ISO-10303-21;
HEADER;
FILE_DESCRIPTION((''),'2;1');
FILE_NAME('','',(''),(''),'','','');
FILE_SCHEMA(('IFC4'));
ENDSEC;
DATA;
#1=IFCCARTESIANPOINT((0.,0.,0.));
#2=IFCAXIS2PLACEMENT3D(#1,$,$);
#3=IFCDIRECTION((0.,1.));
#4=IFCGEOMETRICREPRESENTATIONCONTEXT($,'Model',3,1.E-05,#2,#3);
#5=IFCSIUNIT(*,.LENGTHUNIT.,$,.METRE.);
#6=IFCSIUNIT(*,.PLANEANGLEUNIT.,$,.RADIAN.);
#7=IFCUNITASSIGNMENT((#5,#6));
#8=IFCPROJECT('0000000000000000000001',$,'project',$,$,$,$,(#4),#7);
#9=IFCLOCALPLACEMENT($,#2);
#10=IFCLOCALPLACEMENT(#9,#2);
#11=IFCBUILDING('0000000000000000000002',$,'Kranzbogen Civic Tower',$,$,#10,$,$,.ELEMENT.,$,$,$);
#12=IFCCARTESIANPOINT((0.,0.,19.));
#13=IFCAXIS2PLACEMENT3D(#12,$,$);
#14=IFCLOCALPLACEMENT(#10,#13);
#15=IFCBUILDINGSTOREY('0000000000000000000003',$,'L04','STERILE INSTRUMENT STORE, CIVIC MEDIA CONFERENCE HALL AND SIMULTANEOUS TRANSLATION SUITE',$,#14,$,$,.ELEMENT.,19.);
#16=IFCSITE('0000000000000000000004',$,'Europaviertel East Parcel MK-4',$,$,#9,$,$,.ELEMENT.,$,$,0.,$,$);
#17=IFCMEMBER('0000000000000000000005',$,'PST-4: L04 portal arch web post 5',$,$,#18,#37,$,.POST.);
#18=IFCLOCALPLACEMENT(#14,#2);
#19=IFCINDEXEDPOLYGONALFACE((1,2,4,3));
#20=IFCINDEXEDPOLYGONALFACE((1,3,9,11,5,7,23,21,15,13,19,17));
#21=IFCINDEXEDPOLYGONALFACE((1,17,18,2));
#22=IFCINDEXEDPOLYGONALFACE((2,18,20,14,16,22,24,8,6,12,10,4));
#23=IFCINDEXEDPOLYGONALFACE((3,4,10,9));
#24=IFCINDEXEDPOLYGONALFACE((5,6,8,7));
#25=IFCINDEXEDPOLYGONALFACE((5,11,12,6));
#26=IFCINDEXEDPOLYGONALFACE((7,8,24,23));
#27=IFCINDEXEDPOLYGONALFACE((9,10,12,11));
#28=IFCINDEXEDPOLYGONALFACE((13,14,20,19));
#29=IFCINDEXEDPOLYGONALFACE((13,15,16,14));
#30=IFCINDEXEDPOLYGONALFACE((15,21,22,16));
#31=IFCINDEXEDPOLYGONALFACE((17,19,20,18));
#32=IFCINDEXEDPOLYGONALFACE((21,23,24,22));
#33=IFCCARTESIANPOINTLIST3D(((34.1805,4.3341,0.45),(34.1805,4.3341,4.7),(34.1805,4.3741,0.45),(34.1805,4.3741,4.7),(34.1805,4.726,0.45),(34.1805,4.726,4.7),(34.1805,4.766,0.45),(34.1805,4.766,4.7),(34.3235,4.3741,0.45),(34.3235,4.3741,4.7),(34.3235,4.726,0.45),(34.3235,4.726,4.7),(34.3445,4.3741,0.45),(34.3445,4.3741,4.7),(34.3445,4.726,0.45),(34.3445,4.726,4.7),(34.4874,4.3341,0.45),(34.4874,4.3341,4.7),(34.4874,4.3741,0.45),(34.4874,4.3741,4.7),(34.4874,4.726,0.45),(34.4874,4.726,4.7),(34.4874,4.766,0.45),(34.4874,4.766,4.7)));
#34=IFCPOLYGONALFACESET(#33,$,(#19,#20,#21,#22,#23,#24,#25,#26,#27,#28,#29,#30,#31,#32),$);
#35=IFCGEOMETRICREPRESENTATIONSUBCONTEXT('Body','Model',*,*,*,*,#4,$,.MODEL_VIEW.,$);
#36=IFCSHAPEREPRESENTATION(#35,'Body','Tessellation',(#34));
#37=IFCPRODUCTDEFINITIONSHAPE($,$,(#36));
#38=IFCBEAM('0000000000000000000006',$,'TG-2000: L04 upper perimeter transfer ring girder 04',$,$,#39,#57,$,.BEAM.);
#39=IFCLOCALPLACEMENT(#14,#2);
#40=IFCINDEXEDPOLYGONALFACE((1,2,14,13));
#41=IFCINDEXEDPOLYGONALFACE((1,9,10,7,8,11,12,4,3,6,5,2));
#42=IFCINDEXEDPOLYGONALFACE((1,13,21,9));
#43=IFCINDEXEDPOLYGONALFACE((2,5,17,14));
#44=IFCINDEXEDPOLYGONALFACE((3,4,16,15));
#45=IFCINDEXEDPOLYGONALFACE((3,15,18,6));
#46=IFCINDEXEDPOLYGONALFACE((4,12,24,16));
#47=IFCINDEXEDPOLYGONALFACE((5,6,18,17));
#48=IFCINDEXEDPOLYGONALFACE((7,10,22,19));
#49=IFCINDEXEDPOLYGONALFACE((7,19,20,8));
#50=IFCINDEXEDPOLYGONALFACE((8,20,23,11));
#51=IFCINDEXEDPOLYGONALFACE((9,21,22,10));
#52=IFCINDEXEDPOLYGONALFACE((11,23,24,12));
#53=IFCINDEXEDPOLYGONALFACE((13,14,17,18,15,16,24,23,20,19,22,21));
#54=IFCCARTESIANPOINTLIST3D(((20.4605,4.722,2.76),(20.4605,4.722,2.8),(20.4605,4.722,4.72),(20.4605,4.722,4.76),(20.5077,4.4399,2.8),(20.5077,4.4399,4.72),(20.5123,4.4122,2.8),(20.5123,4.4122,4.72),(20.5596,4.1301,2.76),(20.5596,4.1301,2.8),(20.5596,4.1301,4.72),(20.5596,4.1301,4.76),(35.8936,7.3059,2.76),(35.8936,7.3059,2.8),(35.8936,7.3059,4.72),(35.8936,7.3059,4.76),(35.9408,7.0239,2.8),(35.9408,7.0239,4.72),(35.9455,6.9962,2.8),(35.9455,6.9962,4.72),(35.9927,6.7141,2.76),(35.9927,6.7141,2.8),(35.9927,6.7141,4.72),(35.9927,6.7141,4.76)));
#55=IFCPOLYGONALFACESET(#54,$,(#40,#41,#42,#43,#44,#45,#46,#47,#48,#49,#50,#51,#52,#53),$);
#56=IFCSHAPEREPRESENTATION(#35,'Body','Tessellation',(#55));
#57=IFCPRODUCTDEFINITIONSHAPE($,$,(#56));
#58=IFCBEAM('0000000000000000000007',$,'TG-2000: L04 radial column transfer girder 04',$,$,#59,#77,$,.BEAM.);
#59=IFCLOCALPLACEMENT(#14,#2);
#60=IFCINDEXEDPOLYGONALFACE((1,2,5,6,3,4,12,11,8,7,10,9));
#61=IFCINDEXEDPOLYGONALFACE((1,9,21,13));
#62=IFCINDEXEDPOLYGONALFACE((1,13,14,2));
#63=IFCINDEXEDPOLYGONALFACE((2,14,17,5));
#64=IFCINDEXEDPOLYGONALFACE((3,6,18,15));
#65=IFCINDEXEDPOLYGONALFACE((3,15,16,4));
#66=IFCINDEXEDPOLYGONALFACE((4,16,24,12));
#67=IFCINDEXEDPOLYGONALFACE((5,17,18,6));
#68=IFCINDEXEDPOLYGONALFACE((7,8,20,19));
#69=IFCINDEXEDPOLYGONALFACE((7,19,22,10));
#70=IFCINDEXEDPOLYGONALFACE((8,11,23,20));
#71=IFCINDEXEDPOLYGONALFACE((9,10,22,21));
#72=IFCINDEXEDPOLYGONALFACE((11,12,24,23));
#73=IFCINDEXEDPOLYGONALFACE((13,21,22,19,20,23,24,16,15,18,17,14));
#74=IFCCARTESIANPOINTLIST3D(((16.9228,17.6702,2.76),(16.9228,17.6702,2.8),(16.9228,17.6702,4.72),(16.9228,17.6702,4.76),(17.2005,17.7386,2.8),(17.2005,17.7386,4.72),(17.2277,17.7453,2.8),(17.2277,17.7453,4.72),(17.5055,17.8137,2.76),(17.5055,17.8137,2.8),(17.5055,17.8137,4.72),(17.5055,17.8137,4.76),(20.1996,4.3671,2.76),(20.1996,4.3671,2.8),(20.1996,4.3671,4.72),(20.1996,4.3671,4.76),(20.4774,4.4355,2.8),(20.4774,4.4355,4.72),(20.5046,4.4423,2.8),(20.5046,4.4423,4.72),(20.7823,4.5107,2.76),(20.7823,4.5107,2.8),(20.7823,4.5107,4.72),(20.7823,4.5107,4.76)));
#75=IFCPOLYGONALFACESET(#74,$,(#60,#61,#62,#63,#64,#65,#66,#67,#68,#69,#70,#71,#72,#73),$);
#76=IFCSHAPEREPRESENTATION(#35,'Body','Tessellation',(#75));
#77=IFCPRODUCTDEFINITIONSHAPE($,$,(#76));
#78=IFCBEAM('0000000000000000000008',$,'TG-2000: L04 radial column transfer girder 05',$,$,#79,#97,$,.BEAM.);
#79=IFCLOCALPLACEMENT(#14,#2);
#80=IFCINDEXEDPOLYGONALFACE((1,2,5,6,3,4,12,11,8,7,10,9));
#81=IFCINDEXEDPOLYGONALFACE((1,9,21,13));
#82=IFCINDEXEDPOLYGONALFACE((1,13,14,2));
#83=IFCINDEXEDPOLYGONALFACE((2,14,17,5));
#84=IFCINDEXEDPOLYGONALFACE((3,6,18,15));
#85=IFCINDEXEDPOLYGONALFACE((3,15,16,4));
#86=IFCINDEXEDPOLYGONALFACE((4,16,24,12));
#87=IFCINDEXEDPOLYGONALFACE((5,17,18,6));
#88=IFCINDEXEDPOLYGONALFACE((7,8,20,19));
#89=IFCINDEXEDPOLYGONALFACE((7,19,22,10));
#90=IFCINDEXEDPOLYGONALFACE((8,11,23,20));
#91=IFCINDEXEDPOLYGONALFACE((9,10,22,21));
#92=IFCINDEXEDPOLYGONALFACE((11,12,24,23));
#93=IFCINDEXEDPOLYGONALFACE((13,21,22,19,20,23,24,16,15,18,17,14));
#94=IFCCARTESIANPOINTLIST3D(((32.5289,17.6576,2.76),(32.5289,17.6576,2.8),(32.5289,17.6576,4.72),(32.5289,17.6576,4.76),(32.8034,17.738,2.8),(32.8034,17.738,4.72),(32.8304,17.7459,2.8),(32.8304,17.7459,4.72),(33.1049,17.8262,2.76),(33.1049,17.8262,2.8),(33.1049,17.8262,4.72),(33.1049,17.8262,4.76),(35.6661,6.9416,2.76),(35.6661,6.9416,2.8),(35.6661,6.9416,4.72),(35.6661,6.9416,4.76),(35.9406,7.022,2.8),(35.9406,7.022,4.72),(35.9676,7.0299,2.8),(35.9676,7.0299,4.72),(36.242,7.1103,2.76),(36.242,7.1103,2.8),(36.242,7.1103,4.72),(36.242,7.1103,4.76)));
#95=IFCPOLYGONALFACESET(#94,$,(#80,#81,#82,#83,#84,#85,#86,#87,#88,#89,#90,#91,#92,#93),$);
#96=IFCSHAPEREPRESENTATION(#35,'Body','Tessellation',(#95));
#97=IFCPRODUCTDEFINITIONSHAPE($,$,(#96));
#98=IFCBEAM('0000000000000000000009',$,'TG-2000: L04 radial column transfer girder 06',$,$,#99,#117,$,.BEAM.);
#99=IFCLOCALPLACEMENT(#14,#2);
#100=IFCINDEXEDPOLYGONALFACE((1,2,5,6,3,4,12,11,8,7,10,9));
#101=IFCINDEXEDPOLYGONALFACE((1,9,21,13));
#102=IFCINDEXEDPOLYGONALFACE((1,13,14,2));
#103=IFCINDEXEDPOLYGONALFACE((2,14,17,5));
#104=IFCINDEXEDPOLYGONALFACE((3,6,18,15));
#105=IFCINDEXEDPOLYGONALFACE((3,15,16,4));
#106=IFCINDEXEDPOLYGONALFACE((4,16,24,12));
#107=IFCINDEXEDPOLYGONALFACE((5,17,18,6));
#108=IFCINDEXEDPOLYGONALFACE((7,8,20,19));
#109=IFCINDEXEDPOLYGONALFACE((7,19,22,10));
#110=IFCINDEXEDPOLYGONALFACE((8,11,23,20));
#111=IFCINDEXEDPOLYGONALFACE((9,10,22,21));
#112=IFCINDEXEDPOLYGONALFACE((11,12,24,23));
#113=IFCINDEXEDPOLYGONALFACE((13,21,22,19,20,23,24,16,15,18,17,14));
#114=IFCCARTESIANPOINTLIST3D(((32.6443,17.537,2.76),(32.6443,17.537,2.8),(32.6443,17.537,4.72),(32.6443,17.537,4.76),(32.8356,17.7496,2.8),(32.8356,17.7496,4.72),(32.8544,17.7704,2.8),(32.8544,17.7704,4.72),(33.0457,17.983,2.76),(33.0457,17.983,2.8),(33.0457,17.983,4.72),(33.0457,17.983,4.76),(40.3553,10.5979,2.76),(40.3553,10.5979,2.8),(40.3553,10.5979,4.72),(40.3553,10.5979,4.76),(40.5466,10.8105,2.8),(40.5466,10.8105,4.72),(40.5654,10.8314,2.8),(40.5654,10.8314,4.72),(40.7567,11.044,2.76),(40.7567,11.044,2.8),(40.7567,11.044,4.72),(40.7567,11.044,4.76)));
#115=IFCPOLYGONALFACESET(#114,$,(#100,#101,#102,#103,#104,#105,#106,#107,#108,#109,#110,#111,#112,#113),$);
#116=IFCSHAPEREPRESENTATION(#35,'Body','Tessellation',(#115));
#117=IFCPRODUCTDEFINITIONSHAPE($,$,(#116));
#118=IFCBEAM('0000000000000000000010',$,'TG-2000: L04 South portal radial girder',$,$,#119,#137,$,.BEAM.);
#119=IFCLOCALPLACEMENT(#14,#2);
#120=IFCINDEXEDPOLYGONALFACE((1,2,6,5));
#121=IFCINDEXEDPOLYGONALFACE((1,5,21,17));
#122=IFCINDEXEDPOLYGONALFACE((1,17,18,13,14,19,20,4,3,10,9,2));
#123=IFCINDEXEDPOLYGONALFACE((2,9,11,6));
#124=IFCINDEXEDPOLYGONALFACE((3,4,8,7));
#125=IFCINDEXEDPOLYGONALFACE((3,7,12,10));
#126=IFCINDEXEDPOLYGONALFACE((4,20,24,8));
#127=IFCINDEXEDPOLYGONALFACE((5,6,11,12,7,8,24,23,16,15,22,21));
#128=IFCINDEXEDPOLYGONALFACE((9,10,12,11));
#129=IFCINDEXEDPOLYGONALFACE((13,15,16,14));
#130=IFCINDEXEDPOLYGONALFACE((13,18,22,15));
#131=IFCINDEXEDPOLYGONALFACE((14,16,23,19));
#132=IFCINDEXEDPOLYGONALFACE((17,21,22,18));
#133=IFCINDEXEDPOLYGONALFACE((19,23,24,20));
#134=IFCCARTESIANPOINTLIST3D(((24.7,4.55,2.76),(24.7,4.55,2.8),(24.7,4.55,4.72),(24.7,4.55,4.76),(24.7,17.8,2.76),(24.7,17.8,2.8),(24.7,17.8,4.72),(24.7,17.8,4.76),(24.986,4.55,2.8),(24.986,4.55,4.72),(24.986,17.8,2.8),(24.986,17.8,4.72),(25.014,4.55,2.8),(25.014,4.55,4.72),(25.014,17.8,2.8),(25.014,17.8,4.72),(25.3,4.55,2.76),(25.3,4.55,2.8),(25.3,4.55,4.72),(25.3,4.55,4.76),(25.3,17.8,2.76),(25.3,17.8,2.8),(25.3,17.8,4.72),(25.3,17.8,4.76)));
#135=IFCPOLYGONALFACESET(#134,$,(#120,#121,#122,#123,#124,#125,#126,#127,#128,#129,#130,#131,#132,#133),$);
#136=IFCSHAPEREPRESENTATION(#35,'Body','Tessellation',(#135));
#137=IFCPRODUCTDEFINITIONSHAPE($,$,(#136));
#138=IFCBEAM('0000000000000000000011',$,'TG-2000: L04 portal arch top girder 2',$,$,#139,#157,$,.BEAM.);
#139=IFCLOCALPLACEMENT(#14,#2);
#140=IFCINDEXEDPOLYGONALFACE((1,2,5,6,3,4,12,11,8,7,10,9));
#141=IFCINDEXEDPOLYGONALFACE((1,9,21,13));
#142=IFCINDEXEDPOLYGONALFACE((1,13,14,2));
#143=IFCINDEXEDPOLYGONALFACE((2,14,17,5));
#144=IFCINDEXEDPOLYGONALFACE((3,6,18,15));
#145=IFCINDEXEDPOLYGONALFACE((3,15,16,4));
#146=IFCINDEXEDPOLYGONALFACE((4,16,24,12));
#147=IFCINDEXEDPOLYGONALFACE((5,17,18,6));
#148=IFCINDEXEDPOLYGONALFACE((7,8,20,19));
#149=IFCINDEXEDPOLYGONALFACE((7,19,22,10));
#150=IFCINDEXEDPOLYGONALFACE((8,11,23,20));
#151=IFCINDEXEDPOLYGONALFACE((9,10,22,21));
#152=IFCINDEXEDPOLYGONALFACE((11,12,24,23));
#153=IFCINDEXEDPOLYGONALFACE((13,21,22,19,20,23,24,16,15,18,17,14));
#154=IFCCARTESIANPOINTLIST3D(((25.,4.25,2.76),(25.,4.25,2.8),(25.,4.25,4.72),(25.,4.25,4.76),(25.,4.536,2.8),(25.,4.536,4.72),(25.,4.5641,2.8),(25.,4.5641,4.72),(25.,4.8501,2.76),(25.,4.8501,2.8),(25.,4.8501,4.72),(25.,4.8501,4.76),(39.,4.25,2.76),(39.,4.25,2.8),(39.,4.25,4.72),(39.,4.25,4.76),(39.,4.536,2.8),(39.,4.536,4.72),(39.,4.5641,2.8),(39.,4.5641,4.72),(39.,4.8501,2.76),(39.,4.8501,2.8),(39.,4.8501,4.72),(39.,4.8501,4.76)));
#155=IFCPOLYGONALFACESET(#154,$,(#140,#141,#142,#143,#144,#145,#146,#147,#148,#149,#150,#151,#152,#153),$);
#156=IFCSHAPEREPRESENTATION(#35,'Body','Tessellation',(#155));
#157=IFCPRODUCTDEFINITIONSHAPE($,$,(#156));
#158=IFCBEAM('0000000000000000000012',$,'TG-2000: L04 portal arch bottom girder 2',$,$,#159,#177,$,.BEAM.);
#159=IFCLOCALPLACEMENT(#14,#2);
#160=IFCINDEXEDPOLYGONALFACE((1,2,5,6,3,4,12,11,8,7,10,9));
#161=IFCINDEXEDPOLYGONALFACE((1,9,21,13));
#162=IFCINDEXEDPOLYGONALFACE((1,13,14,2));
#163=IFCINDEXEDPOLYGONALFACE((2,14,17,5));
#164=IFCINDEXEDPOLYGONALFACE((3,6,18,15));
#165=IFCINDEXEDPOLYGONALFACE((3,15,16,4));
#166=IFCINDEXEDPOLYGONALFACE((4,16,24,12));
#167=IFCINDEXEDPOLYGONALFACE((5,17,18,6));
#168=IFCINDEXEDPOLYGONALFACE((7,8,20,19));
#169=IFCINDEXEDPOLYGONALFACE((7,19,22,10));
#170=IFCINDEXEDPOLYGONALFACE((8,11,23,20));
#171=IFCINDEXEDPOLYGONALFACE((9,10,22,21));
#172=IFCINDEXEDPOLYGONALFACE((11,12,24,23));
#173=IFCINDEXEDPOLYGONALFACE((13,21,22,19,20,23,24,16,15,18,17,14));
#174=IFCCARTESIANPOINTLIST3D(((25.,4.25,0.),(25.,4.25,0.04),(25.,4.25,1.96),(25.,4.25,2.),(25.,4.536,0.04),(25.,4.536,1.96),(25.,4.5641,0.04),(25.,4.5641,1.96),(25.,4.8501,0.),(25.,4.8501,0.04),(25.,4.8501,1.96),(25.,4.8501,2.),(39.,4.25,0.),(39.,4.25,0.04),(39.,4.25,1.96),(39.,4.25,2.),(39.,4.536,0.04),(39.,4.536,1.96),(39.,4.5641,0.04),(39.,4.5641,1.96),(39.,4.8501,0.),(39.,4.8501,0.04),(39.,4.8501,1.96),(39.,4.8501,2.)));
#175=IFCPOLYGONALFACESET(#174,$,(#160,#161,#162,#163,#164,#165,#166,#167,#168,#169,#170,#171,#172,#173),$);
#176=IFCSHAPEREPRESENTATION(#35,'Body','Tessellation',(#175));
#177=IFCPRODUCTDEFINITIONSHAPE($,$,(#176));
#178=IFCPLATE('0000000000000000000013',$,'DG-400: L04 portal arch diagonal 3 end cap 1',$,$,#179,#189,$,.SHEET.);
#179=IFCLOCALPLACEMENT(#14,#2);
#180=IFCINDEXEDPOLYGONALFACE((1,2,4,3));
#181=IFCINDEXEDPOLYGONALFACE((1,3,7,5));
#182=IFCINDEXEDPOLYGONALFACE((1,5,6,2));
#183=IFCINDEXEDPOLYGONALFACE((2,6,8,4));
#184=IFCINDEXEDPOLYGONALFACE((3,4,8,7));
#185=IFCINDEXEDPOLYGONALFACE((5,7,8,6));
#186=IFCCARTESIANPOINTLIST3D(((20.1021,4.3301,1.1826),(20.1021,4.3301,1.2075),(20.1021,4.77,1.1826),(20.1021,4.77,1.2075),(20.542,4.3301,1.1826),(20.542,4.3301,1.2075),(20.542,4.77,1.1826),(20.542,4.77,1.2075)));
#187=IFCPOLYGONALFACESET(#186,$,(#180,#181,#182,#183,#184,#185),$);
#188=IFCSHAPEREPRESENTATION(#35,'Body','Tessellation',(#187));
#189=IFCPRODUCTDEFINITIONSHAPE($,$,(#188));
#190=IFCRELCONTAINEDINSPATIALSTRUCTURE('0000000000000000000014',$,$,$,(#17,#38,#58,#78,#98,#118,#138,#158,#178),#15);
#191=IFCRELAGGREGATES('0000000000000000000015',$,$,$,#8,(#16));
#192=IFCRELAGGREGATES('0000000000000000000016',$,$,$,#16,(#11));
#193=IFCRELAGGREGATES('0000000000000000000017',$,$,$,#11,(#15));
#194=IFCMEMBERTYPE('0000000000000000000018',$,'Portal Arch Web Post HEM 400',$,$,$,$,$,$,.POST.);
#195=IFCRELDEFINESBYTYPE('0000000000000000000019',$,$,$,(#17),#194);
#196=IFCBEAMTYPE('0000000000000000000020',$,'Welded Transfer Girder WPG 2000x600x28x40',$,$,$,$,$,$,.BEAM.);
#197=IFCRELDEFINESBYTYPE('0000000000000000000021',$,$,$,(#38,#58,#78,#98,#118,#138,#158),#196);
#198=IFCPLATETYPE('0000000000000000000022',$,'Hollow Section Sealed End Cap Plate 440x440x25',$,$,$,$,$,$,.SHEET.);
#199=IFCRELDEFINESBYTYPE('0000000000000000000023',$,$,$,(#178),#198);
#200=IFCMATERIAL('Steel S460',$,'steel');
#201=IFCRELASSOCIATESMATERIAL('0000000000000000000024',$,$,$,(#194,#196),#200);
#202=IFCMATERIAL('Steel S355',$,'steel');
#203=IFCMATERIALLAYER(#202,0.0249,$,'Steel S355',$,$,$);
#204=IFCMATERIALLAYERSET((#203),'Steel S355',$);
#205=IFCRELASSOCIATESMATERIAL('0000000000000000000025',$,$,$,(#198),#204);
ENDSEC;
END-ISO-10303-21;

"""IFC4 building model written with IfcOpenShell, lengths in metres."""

from ifc_helpers import new_model, si_unit, direction, frame, origin, origin_2d, place, context, subcontext, project, spatial, rectangle, i_section, extrude, material, layer, layer_set, material_profile, profile_set, type_object, element, save


model = new_model("IFC4")

# Units and contexts
model_context = context("Model", 3, precision=1e-05, world=origin(), true_north=direction((0.0, 1.0)))
body_context = subcontext(model_context, "Body", "Model", "MODEL_VIEW")
ifc_project = project(units=[si_unit("LENGTHUNIT", "METRE"), si_unit("PLANEANGLEUNIT", "RADIAN")], contexts=[model_context])

# Site, building, storey
site_placement = place(None, origin())
site = spatial("IfcSite", under=ifc_project, at=site_placement, Name="Europaviertel East Parcel MK-4", CompositionType="ELEMENT", RefElevation=0.0)
building_placement = place(site_placement, origin())
building = spatial("IfcBuilding", under=site, at=building_placement, Name="Kranzbogen Civic Tower", CompositionType="ELEMENT")
storey_placement = place(building_placement, frame((0.0, 0.0, 19.0)))
storey = spatial("IfcBuildingStorey", under=building, at=storey_placement, Name="L04", Description="STERILE INSTRUMENT STORE, CIVIC MEDIA CONFERENCE HALL AND SIMULTANEOUS TRANSLATION SUITE", CompositionType="ELEMENT", Elevation=19.0)

# Shared definitions
ifc_material_1 = material(Name="Steel S460", Category="steel")

# Member
ifc_material_profile_1 = material_profile(ifc_material_1, i_section(OverallWidth=0.3069, OverallDepth=0.4319, WebThickness=0.021, FlangeThickness=0.04, at=origin_2d()), Name="HEM 400")
ifc_profile_set_1 = profile_set([ifc_material_profile_1], Name="Steel S460")
member_type_1 = type_object("IfcMemberType", Name="Portal Arch Web Post HEM 400", PredefinedType="POST", material=ifc_profile_set_1)
for number, where, z_axis, x_axis, name in (
    (1, (34.334, 4.55, 0.45), (0.0, 0.0, 1.0), (1.0, 0.0, 0.0), "PST-4: L04 portal arch web post 5"),
):
    element("IfcMember", number, at=place(storey_placement, frame(where, z_axis=z_axis, x_axis=x_axis)), inside=storey, type_object=member_type_1, Name=name, PredefinedType="POST", context=body_context, shape_type="SweptSolid", body=[
        extrude(i_section(OverallWidth=0.3069, OverallDepth=0.4319, WebThickness=0.021, FlangeThickness=0.04, at=origin_2d()), origin(), (0.0, 0.0, 1.0), 4.25),
    ])

# Beams
ifc_material_profile_2 = material_profile(ifc_material_1, i_section(OverallWidth=0.6001, OverallDepth=2.0, WebThickness=0.0281, FlangeThickness=0.04, at=origin_2d()), Name="WPG 2000x600x28x40")
ifc_profile_set_2 = profile_set([ifc_material_profile_2], Name="Steel S460")
beam_type = type_object("IfcBeamType", Name="Welded Transfer Girder WPG 2000x600x28x40", PredefinedType="BEAM", material=ifc_profile_set_2)
beam_1_placement = place(storey_placement, frame((20.51, 4.426, 3.76), z_axis=(0.986271, 0.165133, 0.0), x_axis=(-0.165133, 0.986271, 0.0)))
element("IfcBeam", 2, at=beam_1_placement, inside=storey, type_object=beam_type, Name="TG-2000: L04 upper perimeter transfer ring girder 04", PredefinedType="BEAM", context=body_context, shape_type="SweptSolid", body=[
    extrude(i_section(OverallWidth=0.6001, OverallDepth=2.0, WebThickness=0.0281, FlangeThickness=0.04, at=origin_2d()), origin(), (0.0, 0.0, 1.0), 15.6479),
])
beam_2_placement = place(storey_placement, frame((17.2141, 17.7419, 3.76), z_axis=(0.239176, -0.970976, 0.0), x_axis=(0.970976, 0.239176, 0.0)))
element("IfcBeam", 3, at=beam_2_placement, inside=storey, type_object=beam_type, Name="TG-2000: L04 radial column transfer girder 04", PredefinedType="BEAM", context=body_context, shape_type="SweptSolid", body=[
    extrude(i_section(OverallWidth=0.6001, OverallDepth=2.0, WebThickness=0.0281, FlangeThickness=0.04, at=origin_2d()), origin(), (0.0, 0.0, 1.0), 13.7007),
])
beam_3_placement = place(storey_placement, frame((32.8169, 17.7419, 3.76), z_axis=(0.280965, -0.959718, 0.0), x_axis=(0.959718, 0.280965, 0.0)))
element("IfcBeam", 4, at=beam_3_placement, inside=storey, type_object=beam_type, Name="TG-2000: L04 radial column transfer girder 05", PredefinedType="BEAM", context=body_context, shape_type="SweptSolid", body=[
    extrude(i_section(OverallWidth=0.6001, OverallDepth=2.0, WebThickness=0.0281, FlangeThickness=0.04, at=origin_2d()), origin(), (0.0, 0.0, 1.0), 11.1658),
])
beam_4_placement = place(storey_placement, frame((32.845, 17.76, 3.76), z_axis=(0.743336, -0.668918, 0.0), x_axis=(0.668918, 0.743336, 0.0)))
element("IfcBeam", 5, at=beam_4_placement, inside=storey, type_object=beam_type, Name="TG-2000: L04 radial column transfer girder 06", PredefinedType="BEAM", context=body_context, shape_type="SweptSolid", body=[
    extrude(i_section(OverallWidth=0.6001, OverallDepth=2.0, WebThickness=0.0281, FlangeThickness=0.04, at=origin_2d()), origin(), (0.0, 0.0, 1.0), 10.3735),
])
beam_5_placement = place(storey_placement, frame((25.0, 4.55, 3.76), z_axis=(0.0, 1.0, 0.0), x_axis=(-1.0, 0.0, 0.0)))
element("IfcBeam", 6, at=beam_5_placement, inside=storey, type_object=beam_type, Name="TG-2000: L04 South portal radial girder", PredefinedType="BEAM", context=body_context, shape_type="SweptSolid", body=[
    extrude(i_section(OverallWidth=0.6001, OverallDepth=2.0, WebThickness=0.0281, FlangeThickness=0.04, at=origin_2d()), origin(), (0.0, 0.0, 1.0), 13.25),
])
for number, where, z_axis, x_axis, name in (
    (7, (25.0, 4.55, 3.76), (1.0, 0.0, 0.0), (0.0, 1.0, 0.0), "TG-2000: L04 portal arch top girder 2"),
    (8, (25.0, 4.55, 1.0), (1.0, 0.0, 0.0), (0.0, 1.0, 0.0), "TG-2000: L04 portal arch bottom girder 2"),
):
    element("IfcBeam", number, at=place(storey_placement, frame(where, z_axis=z_axis, x_axis=x_axis)), inside=storey, type_object=beam_type, Name=name, PredefinedType="BEAM", context=body_context, shape_type="SweptSolid", body=[
        extrude(i_section(OverallWidth=0.6001, OverallDepth=2.0, WebThickness=0.0281, FlangeThickness=0.04, at=origin_2d()), origin(), (0.0, 0.0, 1.0), 14.0),
    ])

# Plate
ifc_material_2 = material(Name="Steel S355", Category="steel")
ifc_layer_1 = layer(ifc_material_2, 0.0249, Name="Steel S355")
ifc_layer_set_1 = layer_set([ifc_layer_1], Name="Steel S355")
plate_type = type_object("IfcPlateType", Name="Hollow Section Sealed End Cap Plate 440x440x25", PredefinedType="SHEET", material=ifc_layer_set_1)
for number, where, z_axis, x_axis, name in (
    (9, (20.322, 4.55, 1.1826), (0.0, 0.0, 1.0), (1.0, 0.0, 0.0), "DG-400: L04 portal arch diagonal 3 end cap 1"),
):
    element("IfcPlate", number, at=place(storey_placement, frame(where, z_axis=z_axis, x_axis=x_axis)), inside=storey, type_object=plate_type, Name=name, PredefinedType="SHEET", context=body_context, shape_type="SweptSolid", body=[
        extrude(rectangle(XDim=0.4399, YDim=0.4399, at=origin_2d()), origin(), (0.0, 0.0, 1.0), 0.0249),
    ])

save(model, "model.ifc")
